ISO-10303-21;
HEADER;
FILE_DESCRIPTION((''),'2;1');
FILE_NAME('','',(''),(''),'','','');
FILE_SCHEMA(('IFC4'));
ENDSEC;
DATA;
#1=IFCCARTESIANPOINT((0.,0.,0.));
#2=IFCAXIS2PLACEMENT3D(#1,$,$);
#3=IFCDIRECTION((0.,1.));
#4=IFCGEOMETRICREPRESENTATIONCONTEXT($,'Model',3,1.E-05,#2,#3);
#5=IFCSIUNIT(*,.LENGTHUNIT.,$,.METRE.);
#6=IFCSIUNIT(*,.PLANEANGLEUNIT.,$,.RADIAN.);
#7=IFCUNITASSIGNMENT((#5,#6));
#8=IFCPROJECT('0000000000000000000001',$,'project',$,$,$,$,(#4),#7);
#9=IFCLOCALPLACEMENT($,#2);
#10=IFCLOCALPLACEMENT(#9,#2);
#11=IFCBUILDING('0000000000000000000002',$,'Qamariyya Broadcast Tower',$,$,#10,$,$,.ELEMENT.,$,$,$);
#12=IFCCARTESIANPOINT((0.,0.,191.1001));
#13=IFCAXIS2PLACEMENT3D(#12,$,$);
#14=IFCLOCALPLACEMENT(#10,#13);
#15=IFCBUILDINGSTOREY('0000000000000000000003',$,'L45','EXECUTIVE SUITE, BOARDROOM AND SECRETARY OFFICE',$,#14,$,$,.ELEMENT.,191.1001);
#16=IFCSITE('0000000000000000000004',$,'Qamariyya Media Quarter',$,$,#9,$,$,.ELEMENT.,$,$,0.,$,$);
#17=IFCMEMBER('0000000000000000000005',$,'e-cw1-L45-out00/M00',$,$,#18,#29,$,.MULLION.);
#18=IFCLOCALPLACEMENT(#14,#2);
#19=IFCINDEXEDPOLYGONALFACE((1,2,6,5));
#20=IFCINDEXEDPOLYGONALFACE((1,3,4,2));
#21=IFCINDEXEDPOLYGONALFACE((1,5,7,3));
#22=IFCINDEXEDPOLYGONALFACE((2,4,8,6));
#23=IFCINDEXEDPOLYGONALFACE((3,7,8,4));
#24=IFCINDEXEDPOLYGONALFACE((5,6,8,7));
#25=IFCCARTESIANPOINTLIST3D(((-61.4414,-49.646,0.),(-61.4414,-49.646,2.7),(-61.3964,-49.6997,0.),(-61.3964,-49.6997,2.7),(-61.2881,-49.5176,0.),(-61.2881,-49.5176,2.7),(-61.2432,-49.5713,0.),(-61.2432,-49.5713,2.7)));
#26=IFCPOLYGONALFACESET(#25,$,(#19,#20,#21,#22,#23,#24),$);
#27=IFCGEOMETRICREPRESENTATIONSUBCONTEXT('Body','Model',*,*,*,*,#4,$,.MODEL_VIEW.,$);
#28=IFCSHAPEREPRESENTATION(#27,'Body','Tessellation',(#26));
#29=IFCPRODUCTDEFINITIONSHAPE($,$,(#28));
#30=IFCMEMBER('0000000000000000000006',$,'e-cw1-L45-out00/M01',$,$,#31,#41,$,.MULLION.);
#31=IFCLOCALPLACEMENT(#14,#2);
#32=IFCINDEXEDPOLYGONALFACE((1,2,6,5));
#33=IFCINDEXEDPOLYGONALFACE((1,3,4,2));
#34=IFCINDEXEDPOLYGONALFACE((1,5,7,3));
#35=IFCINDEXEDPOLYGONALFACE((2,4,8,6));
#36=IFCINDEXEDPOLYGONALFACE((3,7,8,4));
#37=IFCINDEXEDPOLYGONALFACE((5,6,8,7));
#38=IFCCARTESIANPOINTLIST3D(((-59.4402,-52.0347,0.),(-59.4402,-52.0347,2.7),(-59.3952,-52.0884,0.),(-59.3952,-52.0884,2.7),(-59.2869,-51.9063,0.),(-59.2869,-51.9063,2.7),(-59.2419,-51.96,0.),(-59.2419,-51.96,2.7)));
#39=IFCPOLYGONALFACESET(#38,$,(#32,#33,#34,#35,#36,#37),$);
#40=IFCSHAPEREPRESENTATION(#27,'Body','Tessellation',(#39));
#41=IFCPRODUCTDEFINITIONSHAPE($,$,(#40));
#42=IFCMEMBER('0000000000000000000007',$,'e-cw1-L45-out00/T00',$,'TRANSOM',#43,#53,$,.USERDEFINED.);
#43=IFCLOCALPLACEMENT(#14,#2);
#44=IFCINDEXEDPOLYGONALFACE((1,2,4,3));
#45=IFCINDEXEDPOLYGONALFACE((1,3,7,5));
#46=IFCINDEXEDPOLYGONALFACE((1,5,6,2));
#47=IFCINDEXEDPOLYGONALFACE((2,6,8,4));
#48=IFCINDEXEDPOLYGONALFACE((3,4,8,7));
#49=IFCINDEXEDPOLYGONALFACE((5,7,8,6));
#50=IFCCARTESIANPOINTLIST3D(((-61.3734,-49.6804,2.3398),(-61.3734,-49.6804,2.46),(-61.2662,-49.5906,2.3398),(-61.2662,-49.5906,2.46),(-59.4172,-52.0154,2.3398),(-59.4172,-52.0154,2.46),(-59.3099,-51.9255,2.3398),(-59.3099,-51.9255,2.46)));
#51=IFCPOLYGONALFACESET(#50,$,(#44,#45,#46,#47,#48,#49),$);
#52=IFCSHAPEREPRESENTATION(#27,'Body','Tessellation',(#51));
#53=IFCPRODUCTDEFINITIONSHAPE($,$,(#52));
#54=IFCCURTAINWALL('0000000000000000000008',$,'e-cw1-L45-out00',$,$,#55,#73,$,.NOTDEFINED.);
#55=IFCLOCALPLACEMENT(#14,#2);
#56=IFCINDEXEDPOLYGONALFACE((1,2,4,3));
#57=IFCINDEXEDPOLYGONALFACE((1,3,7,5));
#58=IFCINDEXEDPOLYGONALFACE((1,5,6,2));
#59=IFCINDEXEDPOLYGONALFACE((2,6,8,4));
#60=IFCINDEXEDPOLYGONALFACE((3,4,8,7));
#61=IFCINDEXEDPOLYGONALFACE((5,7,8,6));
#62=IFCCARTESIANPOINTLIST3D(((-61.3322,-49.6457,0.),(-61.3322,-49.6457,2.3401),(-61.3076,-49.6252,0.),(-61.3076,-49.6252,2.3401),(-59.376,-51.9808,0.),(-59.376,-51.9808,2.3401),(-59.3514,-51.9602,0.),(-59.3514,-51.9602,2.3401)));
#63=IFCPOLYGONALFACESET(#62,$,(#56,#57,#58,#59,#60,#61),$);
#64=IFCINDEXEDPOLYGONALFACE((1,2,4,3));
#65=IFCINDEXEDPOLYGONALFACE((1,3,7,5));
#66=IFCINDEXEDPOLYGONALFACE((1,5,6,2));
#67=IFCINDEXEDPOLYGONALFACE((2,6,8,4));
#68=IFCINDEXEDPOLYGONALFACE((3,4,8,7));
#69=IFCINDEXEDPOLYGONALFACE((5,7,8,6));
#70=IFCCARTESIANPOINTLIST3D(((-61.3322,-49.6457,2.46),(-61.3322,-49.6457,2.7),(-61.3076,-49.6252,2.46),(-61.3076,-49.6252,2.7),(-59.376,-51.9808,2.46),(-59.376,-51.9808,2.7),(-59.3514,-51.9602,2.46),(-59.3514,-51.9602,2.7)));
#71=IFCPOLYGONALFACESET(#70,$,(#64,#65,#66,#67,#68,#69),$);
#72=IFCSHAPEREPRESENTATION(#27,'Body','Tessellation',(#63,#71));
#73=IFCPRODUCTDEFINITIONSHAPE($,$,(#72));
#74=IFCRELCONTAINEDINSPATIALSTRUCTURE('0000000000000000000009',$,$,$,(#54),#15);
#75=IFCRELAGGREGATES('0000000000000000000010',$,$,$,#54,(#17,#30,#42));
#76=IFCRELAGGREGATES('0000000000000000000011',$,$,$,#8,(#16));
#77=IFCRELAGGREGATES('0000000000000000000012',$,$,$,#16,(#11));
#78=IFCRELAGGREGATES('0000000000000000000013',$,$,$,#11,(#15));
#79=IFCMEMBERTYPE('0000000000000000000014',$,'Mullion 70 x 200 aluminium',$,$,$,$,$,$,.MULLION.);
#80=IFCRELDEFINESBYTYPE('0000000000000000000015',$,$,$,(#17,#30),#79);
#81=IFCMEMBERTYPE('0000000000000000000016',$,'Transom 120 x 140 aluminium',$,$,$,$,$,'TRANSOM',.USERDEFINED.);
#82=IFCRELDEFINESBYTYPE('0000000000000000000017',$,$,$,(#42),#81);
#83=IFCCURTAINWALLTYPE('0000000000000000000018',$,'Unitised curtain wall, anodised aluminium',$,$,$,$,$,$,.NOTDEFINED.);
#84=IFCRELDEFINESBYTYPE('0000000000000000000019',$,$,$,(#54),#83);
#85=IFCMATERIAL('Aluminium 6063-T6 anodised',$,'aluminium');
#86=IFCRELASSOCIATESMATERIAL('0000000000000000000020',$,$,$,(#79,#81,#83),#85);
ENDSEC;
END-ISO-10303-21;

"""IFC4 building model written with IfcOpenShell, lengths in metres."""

from ifc_helpers import new_model, si_unit, direction, frame, origin, origin_2d, place, context, subcontext, project, spatial, rectangle, extrude, material, material_profile, profile_set, type_object, element, aggregate, save


model = new_model("IFC4")

# Units and contexts
model_context = context("Model", 3, precision=1e-05, world=origin(), true_north=direction((0.0, 1.0)))
body_context = subcontext(model_context, "Body", "Model", "MODEL_VIEW")
ifc_project = project(units=[si_unit("LENGTHUNIT", "METRE"), si_unit("PLANEANGLEUNIT", "RADIAN")], contexts=[model_context])

# Members
ifc_material_1 = material(Name="Aluminium 6063-T6 anodised", Category="aluminium")
ifc_material_profile_1 = material_profile(ifc_material_1, rectangle(XDim=0.2, YDim=0.0701, at=origin_2d()))
ifc_profile_set_1 = profile_set([ifc_material_profile_1], Name="Aluminium 6063-T6 anodised")
member_type_1 = type_object("IfcMemberType", Name="Mullion 70 x 200 aluminium", PredefinedType="MULLION", material=ifc_profile_set_1)
site_placement = place(None, origin())
building_placement = place(site_placement, origin())
storey_placement = place(building_placement, frame((0.0, 0.0, 191.1001)))
member_1_placement = place(storey_placement, frame((-61.3423, -49.6086, 0.0), z_axis=(0.0, 0.0, 1.0), x_axis=(0.766551, 0.642184, 0.0)))
member_1 = element("IfcMember", 1, at=member_1_placement, type_object=member_type_1, Name="e-cw1-L45-out00/M00", PredefinedType="MULLION", context=body_context, shape_type="SweptSolid", body=[
    extrude(rectangle(XDim=0.2, YDim=0.0701, at=origin_2d()), origin(), (0.0, 0.0, 1.0), 2.7),
])
member_2_placement = place(storey_placement, frame((-59.3411, -51.9973, 0.0), z_axis=(0.0, 0.0, 1.0), x_axis=(0.766551, 0.642184, 0.0)))
member_2 = element("IfcMember", 2, at=member_2_placement, type_object=member_type_1, Name="e-cw1-L45-out00/M01", PredefinedType="MULLION", context=body_context, shape_type="SweptSolid", body=[
    extrude(rectangle(XDim=0.2, YDim=0.0701, at=origin_2d()), origin(), (0.0, 0.0, 1.0), 2.7),
])
ifc_material_profile_2 = material_profile(ifc_material_1, rectangle(XDim=0.1399, YDim=0.1201, at=origin_2d()))
ifc_profile_set_2 = profile_set([ifc_material_profile_2], Name="Aluminium 6063-T6 anodised")
member_type_2 = type_object("IfcMemberType", Name="Transom 120 x 140 aluminium", ElementType="TRANSOM", PredefinedType="USERDEFINED", material=ifc_profile_set_2)
member_3_placement = place(storey_placement, frame((-61.3198, -49.6355, 2.3999), z_axis=(0.642216, -0.766524, 0.0), x_axis=(0.766524, 0.642216, 0.0)))
member_3 = element("IfcMember", 3, at=member_3_placement, type_object=member_type_2, Name="e-cw1-L45-out00/T00", ObjectType="TRANSOM", PredefinedType="USERDEFINED", context=body_context, shape_type="SweptSolid", body=[
    extrude(rectangle(XDim=0.1399, YDim=0.1201, at=origin_2d()), origin(), (0.0, 0.0, 1.0), 3.0461),
])

# Site, building, storey
site = spatial("IfcSite", under=ifc_project, at=site_placement, Name="Qamariyya Media Quarter", CompositionType="ELEMENT", RefElevation=0.0)
building = spatial("IfcBuilding", under=site, at=building_placement, Name="Qamariyya Broadcast Tower", CompositionType="ELEMENT")
storey = spatial("IfcBuildingStorey", under=building, at=storey_placement, Name="L45", Description="EXECUTIVE SUITE, BOARDROOM AND SECRETARY OFFICE", CompositionType="ELEMENT", Elevation=191.1001)

# Curtain wall
curtain_wall_type = type_object("IfcCurtainWallType", Name="Unitised curtain wall, anodised aluminium", PredefinedType="NOTDEFINED", material=ifc_material_1)
curtain_wall_1_placement = place(storey_placement, origin())
curtain_wall_1 = element("IfcCurtainWall", 4, at=curtain_wall_1_placement, inside=storey, type_object=curtain_wall_type, Name="e-cw1-L45-out00", PredefinedType="NOTDEFINED", context=body_context, shape_type="SweptSolid", body=[
    extrude(rectangle(XDim=3.0461, YDim=0.032, at=origin_2d()), frame((-60.3418, -50.803, 0.0), x_axis=(0.642187, -0.766548, 0.0)), (0.0, 0.0, 1.0), 2.3401),
    extrude(rectangle(XDim=3.0461, YDim=0.032, at=origin_2d()), frame((-60.3418, -50.803, 2.46), x_axis=(0.642187, -0.766548, 0.0)), (0.0, 0.0, 1.0), 0.24),
])
aggregate(curtain_wall_1, [member_1, member_2, member_3])

save(model, "model.ifc")
